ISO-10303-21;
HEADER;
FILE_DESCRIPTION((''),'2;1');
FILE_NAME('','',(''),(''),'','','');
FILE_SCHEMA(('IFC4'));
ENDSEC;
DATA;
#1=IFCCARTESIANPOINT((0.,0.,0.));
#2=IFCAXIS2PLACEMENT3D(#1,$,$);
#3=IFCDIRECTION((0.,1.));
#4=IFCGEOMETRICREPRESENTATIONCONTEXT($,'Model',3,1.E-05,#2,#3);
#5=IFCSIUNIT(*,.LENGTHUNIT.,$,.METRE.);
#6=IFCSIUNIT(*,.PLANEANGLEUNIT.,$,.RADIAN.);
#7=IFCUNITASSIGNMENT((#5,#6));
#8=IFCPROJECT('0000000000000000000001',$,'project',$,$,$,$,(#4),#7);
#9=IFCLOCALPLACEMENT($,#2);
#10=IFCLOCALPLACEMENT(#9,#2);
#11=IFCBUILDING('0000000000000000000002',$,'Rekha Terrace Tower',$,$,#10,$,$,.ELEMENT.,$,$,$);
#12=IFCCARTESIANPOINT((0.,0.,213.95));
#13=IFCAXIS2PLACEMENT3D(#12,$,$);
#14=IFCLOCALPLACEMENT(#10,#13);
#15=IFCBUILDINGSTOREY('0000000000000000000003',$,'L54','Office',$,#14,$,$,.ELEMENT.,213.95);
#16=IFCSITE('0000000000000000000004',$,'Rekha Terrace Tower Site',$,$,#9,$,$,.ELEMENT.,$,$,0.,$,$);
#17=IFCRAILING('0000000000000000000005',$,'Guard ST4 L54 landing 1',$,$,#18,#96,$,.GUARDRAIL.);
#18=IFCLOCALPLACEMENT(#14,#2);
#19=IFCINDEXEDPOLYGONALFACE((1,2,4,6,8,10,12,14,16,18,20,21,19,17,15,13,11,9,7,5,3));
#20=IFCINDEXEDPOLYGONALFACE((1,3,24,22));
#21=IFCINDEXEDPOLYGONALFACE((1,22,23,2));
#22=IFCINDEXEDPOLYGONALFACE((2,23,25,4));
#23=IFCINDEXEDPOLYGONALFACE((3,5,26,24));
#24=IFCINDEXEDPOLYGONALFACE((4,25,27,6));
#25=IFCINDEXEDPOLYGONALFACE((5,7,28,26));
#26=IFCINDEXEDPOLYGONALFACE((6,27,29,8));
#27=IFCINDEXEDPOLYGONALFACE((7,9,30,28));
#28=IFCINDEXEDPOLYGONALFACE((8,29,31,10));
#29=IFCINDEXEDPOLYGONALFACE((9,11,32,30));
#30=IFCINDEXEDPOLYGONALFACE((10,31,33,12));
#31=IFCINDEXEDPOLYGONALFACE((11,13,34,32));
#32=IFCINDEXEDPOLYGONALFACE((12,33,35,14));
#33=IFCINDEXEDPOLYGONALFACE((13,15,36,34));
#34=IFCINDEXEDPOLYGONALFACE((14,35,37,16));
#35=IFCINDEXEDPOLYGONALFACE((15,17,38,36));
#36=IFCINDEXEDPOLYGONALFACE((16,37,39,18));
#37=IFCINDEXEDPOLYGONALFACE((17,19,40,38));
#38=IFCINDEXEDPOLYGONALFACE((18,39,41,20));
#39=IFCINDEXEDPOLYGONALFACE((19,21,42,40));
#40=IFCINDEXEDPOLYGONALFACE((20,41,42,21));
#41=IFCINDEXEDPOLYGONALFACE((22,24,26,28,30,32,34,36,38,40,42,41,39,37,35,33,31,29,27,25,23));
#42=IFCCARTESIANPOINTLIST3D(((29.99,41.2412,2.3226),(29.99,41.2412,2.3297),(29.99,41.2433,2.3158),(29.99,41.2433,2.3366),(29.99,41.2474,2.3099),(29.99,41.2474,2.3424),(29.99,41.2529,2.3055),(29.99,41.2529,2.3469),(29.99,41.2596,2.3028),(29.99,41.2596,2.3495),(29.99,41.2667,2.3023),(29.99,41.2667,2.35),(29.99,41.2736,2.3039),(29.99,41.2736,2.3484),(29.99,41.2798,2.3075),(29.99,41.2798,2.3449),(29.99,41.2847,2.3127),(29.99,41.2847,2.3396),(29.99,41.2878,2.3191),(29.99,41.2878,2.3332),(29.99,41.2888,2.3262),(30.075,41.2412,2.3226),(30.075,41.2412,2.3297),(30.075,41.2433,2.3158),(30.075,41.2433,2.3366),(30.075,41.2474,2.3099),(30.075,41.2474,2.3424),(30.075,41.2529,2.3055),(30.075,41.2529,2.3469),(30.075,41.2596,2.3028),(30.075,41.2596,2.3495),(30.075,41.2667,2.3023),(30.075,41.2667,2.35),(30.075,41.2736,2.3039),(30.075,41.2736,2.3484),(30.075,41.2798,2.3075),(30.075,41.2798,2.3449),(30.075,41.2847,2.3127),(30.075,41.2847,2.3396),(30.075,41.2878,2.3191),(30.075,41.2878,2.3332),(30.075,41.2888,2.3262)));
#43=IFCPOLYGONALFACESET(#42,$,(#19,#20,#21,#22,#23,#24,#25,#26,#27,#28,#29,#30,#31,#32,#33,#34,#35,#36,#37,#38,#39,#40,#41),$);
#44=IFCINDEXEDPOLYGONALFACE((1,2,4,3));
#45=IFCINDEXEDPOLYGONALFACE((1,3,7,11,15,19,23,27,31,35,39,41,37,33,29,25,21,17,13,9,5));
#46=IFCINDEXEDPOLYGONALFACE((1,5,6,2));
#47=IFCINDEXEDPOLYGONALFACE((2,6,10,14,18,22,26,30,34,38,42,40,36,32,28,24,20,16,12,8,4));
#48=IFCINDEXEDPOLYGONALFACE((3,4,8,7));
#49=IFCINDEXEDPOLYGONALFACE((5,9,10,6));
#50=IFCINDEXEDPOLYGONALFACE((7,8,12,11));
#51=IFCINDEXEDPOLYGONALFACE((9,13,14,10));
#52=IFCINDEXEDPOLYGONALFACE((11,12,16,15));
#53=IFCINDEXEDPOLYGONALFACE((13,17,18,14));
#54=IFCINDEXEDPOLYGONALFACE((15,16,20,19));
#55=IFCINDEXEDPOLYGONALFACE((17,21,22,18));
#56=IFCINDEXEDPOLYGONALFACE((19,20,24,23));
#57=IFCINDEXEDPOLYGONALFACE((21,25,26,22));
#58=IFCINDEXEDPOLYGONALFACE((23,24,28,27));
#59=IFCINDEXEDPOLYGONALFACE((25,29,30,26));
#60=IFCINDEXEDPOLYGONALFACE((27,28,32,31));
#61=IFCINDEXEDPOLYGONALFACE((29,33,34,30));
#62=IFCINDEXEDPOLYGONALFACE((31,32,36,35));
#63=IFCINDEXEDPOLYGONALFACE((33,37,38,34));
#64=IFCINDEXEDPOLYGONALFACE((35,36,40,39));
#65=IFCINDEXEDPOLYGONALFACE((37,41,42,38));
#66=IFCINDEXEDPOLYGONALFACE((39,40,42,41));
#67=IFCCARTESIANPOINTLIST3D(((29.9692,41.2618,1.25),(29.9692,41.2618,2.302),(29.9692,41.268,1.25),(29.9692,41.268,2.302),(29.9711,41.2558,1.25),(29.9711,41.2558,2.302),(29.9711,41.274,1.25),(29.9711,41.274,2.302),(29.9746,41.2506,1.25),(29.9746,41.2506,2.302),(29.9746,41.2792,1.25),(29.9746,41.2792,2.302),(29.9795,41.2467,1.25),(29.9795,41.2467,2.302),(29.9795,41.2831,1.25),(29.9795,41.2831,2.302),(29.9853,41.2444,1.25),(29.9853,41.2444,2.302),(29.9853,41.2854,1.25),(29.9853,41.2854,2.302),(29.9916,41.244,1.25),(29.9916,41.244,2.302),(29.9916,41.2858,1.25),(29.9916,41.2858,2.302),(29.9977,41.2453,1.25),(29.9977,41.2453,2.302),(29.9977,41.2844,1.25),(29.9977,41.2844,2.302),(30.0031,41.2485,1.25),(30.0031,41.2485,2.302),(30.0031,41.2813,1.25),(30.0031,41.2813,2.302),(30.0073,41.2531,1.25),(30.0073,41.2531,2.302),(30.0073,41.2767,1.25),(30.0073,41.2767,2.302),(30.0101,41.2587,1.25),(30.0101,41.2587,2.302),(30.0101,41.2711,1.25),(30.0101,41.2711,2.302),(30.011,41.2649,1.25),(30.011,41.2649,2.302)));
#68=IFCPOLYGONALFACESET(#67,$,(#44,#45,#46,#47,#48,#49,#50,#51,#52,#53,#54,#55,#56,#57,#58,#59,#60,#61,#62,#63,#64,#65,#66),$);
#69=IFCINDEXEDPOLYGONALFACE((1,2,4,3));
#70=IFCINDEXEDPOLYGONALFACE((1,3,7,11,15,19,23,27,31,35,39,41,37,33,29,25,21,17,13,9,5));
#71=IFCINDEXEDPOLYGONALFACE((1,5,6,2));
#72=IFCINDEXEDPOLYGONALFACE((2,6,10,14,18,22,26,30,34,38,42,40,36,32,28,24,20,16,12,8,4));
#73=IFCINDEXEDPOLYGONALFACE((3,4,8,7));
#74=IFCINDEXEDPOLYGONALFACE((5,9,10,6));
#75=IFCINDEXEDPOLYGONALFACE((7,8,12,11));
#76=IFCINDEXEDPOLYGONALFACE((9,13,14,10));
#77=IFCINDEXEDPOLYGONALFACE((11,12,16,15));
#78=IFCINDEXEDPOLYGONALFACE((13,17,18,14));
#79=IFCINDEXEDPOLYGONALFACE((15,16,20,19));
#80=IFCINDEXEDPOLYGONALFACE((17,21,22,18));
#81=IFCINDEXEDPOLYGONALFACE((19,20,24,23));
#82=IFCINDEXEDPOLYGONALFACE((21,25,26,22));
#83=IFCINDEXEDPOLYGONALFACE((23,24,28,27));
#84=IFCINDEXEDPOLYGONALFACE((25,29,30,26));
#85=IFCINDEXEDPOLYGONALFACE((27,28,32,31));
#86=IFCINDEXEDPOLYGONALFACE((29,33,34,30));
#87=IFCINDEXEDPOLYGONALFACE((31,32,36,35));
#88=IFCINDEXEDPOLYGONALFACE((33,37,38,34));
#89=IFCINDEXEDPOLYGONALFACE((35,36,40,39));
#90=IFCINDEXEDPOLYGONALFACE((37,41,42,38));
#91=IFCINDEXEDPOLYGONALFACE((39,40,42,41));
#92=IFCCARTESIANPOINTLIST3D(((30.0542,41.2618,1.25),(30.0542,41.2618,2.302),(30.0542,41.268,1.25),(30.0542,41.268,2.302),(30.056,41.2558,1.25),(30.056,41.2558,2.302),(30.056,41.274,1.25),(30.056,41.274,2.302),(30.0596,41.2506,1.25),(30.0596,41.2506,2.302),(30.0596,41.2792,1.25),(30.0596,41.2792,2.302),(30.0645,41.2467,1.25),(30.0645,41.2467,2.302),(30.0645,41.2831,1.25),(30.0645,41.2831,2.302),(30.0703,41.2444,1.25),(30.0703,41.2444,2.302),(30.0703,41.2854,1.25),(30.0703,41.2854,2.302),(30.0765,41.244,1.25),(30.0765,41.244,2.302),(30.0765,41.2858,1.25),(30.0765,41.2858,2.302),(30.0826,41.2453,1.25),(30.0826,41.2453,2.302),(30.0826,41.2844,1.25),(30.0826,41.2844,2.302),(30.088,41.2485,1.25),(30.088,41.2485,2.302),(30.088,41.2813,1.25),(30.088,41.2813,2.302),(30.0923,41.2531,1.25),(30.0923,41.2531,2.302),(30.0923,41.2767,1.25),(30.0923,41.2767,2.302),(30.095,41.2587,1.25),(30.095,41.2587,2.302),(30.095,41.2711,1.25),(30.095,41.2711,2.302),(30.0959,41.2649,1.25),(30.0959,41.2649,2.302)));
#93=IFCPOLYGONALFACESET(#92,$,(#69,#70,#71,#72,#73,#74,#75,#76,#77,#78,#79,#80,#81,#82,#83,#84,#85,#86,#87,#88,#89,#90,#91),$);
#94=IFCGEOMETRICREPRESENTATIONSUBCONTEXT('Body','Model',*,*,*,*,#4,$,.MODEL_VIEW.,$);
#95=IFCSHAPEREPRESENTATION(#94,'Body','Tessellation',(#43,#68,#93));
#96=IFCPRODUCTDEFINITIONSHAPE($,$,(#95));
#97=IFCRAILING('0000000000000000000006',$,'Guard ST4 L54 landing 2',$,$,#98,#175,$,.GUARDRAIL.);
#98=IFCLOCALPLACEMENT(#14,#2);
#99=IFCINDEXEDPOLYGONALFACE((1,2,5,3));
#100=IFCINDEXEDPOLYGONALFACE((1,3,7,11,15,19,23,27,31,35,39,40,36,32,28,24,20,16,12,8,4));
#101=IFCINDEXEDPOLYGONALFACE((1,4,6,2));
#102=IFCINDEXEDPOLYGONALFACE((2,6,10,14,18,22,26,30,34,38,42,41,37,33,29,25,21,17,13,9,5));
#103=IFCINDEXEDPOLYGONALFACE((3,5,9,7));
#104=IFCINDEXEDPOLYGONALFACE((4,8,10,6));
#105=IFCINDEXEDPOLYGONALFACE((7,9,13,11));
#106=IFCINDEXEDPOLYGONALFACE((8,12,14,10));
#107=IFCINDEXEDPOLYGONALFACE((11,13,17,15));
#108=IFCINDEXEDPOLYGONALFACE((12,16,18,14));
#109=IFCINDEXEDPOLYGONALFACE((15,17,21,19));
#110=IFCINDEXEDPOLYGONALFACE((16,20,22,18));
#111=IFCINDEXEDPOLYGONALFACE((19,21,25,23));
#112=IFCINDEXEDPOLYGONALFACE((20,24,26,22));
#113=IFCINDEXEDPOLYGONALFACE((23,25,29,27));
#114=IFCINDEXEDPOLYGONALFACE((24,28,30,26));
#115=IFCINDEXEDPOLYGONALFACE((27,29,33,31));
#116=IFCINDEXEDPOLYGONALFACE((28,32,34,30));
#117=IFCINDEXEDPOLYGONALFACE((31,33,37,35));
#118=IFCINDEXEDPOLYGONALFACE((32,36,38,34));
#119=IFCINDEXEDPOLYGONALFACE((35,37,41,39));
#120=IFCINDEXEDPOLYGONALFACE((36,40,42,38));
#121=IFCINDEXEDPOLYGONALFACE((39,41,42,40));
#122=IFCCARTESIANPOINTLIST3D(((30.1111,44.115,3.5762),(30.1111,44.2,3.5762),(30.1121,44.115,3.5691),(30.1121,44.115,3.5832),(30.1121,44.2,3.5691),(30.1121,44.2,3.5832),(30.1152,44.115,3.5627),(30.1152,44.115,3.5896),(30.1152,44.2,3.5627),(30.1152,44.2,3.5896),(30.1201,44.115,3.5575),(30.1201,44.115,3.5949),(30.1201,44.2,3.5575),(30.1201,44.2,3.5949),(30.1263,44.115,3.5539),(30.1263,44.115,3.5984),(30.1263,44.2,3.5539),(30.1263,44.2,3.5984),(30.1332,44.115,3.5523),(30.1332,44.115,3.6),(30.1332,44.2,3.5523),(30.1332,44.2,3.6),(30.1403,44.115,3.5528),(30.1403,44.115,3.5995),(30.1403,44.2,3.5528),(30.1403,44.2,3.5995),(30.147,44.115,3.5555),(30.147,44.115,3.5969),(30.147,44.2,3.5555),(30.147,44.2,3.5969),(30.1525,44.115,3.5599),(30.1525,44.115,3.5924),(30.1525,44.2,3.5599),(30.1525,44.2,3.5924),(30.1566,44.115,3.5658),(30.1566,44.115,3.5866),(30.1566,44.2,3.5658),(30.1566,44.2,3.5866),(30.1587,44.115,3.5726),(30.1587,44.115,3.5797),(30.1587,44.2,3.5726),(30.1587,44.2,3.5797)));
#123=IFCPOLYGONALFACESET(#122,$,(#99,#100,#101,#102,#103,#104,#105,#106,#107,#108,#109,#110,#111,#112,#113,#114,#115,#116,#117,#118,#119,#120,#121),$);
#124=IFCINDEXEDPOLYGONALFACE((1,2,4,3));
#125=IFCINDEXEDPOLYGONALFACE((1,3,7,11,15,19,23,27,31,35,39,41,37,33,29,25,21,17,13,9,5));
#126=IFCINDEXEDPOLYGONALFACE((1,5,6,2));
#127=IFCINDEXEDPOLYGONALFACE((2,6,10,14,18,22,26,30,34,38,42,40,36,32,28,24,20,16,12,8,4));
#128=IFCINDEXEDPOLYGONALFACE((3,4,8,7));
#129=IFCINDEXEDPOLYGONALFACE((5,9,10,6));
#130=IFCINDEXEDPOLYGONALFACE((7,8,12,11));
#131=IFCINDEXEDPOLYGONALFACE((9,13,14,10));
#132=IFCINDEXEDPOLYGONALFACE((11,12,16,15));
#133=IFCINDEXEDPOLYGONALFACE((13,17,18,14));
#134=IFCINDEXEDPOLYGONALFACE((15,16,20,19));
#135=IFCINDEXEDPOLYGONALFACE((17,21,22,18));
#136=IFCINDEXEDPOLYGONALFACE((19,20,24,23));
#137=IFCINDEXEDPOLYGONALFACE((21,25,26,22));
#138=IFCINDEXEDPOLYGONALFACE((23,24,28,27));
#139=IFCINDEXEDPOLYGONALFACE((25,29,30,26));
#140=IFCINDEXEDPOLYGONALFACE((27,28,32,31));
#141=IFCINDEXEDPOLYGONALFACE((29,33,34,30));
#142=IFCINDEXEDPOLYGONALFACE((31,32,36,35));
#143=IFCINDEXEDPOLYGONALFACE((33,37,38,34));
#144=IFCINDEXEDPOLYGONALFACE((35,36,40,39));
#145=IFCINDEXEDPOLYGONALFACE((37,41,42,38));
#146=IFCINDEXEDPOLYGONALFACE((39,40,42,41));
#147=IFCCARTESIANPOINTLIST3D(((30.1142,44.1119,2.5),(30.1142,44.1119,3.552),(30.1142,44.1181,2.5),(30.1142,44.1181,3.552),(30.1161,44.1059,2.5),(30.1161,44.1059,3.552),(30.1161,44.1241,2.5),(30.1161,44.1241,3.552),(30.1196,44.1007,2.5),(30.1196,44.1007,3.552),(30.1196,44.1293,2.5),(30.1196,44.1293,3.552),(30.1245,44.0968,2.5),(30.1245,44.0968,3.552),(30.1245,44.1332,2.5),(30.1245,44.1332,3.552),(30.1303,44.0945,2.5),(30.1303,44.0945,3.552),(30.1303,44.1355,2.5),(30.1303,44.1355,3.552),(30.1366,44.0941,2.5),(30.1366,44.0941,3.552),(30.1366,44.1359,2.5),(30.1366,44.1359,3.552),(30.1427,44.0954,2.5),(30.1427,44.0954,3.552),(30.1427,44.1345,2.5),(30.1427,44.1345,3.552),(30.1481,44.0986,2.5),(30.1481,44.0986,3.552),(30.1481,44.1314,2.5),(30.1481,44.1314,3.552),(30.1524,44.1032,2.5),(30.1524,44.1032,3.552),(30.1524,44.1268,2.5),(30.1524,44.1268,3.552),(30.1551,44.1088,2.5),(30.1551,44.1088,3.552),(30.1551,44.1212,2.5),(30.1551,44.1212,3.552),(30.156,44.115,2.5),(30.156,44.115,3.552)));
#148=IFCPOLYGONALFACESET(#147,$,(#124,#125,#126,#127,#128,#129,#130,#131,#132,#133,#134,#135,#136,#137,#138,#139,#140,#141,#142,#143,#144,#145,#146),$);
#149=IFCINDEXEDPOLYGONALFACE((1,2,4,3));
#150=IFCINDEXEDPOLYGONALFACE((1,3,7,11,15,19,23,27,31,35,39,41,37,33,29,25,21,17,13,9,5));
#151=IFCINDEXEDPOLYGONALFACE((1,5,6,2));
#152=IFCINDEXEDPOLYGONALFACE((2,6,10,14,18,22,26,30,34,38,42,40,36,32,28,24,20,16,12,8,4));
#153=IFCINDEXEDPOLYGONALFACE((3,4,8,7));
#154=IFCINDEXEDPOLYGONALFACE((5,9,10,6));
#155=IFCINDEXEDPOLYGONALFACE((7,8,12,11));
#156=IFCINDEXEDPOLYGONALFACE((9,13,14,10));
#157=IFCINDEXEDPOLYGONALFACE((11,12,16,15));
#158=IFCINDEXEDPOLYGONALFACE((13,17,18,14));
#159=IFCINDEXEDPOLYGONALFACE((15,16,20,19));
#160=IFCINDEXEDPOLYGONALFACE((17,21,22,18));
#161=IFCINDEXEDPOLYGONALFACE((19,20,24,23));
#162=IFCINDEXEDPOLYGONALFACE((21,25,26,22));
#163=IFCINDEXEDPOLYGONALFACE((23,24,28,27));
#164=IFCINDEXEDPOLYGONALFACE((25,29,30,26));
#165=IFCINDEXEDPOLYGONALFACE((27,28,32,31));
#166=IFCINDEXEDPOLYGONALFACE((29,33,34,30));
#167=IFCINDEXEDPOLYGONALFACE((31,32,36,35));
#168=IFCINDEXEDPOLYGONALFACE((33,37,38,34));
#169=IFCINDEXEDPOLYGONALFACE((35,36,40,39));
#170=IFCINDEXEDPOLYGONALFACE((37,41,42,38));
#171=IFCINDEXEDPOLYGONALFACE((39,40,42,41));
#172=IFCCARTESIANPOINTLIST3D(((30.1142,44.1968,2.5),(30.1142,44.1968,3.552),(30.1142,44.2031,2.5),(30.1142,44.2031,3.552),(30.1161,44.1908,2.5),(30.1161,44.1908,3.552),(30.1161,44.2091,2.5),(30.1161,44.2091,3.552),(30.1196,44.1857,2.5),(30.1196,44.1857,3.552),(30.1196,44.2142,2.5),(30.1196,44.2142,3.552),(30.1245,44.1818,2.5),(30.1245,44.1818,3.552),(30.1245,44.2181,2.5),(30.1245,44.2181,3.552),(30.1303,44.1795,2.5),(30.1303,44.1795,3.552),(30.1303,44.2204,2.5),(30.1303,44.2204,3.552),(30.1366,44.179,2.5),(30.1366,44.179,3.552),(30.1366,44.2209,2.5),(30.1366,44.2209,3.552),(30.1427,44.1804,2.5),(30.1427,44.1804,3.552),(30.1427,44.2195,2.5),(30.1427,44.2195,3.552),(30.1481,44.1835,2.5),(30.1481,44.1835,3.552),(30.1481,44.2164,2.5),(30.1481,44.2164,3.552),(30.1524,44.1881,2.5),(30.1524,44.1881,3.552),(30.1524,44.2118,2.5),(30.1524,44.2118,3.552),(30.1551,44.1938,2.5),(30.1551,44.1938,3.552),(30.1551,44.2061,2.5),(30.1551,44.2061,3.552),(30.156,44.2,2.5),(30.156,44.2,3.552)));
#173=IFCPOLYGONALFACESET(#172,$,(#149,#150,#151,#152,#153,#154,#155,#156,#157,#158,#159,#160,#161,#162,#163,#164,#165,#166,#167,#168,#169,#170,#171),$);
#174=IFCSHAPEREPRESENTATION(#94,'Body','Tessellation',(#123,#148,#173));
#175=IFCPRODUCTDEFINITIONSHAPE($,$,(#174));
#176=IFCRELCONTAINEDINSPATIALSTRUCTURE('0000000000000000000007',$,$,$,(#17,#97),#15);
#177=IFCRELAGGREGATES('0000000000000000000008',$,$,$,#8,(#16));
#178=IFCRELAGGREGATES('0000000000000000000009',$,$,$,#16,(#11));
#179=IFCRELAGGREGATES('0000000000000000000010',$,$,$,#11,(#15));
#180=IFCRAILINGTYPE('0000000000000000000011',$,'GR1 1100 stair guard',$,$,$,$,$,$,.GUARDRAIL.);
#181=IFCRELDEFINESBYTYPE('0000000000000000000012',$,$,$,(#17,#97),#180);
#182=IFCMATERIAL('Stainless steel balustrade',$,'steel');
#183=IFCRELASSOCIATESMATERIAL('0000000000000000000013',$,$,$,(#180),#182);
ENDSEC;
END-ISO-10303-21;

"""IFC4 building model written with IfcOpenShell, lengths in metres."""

from ifc_helpers import new_model, si_unit, direction, frame, origin, origin_2d, place, context, subcontext, project, spatial, circle, extrude, material, type_object, element, save


model = new_model("IFC4")

# Units and contexts
model_context = context("Model", 3, precision=1e-05, world=origin(), true_north=direction((0.0, 1.0)))
body_context = subcontext(model_context, "Body", "Model", "MODEL_VIEW")
ifc_project = project(units=[si_unit("LENGTHUNIT", "METRE"), si_unit("PLANEANGLEUNIT", "RADIAN")], contexts=[model_context])

# Site, building, storey
site_placement = place(None, origin())
site = spatial("IfcSite", under=ifc_project, at=site_placement, Name="Rekha Terrace Tower Site", CompositionType="ELEMENT", RefElevation=0.0)
building_placement = place(site_placement, origin())
building = spatial("IfcBuilding", under=site, at=building_placement, Name="Rekha Terrace Tower", CompositionType="ELEMENT")
storey_placement = place(building_placement, frame((0.0, 0.0, 213.95)))
storey = spatial("IfcBuildingStorey", under=building, at=storey_placement, Name="L54", Description="Office", CompositionType="ELEMENT", Elevation=213.95)

# Railings
ifc_material_1 = material(Name="Stainless steel balustrade", Category="steel")
railing_type_1 = type_object("IfcRailingType", Name="GR1 1100 stair guard", PredefinedType="GUARDRAIL", material=ifc_material_1)
railing_1_placement = place(storey_placement, frame((29.99, 41.2649, 1.25)))
element("IfcRailing", 1, at=railing_1_placement, inside=storey, type_object=railing_type_1, Name="Guard ST4 L54 landing 1", PredefinedType="GUARDRAIL", context=body_context, shape_type="SweptSolid", body=[
    extrude(circle(Radius=0.0239, at=origin_2d()), frame((0.0, 0.0, 1.0762), z_axis=(1.0, 0.0, 0.0), x_axis=(0.0, 1.0, 0.0)), (0.0, 0.0, 1.0), 0.085),
    extrude(circle(Radius=0.021, at=origin_2d()), origin(), (0.0, 0.0, 1.0), 1.052),
    extrude(circle(Radius=0.021, at=origin_2d()), frame((0.085, 0.0, 0.0)), (0.0, 0.0, 1.0), 1.052),
])
railing_2_placement = place(storey_placement, frame((30.135, 44.115, 2.5)))
element("IfcRailing", 2, at=railing_2_placement, inside=storey, type_object=railing_type_1, Name="Guard ST4 L54 landing 2", PredefinedType="GUARDRAIL", context=body_context, shape_type="SweptSolid", body=[
    extrude(circle(Radius=0.0239, at=origin_2d()), frame((0.0, 0.0, 1.0762), z_axis=(0.0, 1.0, 0.0), x_axis=(-1.0, 0.0, 0.0)), (0.0, 0.0, 1.0), 0.085),
    extrude(circle(Radius=0.021, at=origin_2d()), origin(), (0.0, 0.0, 1.0), 1.052),
    extrude(circle(Radius=0.021, at=origin_2d()), frame((0.0, 0.085, 0.0)), (0.0, 0.0, 1.0), 1.052),
])

save(model, "model.ifc")
